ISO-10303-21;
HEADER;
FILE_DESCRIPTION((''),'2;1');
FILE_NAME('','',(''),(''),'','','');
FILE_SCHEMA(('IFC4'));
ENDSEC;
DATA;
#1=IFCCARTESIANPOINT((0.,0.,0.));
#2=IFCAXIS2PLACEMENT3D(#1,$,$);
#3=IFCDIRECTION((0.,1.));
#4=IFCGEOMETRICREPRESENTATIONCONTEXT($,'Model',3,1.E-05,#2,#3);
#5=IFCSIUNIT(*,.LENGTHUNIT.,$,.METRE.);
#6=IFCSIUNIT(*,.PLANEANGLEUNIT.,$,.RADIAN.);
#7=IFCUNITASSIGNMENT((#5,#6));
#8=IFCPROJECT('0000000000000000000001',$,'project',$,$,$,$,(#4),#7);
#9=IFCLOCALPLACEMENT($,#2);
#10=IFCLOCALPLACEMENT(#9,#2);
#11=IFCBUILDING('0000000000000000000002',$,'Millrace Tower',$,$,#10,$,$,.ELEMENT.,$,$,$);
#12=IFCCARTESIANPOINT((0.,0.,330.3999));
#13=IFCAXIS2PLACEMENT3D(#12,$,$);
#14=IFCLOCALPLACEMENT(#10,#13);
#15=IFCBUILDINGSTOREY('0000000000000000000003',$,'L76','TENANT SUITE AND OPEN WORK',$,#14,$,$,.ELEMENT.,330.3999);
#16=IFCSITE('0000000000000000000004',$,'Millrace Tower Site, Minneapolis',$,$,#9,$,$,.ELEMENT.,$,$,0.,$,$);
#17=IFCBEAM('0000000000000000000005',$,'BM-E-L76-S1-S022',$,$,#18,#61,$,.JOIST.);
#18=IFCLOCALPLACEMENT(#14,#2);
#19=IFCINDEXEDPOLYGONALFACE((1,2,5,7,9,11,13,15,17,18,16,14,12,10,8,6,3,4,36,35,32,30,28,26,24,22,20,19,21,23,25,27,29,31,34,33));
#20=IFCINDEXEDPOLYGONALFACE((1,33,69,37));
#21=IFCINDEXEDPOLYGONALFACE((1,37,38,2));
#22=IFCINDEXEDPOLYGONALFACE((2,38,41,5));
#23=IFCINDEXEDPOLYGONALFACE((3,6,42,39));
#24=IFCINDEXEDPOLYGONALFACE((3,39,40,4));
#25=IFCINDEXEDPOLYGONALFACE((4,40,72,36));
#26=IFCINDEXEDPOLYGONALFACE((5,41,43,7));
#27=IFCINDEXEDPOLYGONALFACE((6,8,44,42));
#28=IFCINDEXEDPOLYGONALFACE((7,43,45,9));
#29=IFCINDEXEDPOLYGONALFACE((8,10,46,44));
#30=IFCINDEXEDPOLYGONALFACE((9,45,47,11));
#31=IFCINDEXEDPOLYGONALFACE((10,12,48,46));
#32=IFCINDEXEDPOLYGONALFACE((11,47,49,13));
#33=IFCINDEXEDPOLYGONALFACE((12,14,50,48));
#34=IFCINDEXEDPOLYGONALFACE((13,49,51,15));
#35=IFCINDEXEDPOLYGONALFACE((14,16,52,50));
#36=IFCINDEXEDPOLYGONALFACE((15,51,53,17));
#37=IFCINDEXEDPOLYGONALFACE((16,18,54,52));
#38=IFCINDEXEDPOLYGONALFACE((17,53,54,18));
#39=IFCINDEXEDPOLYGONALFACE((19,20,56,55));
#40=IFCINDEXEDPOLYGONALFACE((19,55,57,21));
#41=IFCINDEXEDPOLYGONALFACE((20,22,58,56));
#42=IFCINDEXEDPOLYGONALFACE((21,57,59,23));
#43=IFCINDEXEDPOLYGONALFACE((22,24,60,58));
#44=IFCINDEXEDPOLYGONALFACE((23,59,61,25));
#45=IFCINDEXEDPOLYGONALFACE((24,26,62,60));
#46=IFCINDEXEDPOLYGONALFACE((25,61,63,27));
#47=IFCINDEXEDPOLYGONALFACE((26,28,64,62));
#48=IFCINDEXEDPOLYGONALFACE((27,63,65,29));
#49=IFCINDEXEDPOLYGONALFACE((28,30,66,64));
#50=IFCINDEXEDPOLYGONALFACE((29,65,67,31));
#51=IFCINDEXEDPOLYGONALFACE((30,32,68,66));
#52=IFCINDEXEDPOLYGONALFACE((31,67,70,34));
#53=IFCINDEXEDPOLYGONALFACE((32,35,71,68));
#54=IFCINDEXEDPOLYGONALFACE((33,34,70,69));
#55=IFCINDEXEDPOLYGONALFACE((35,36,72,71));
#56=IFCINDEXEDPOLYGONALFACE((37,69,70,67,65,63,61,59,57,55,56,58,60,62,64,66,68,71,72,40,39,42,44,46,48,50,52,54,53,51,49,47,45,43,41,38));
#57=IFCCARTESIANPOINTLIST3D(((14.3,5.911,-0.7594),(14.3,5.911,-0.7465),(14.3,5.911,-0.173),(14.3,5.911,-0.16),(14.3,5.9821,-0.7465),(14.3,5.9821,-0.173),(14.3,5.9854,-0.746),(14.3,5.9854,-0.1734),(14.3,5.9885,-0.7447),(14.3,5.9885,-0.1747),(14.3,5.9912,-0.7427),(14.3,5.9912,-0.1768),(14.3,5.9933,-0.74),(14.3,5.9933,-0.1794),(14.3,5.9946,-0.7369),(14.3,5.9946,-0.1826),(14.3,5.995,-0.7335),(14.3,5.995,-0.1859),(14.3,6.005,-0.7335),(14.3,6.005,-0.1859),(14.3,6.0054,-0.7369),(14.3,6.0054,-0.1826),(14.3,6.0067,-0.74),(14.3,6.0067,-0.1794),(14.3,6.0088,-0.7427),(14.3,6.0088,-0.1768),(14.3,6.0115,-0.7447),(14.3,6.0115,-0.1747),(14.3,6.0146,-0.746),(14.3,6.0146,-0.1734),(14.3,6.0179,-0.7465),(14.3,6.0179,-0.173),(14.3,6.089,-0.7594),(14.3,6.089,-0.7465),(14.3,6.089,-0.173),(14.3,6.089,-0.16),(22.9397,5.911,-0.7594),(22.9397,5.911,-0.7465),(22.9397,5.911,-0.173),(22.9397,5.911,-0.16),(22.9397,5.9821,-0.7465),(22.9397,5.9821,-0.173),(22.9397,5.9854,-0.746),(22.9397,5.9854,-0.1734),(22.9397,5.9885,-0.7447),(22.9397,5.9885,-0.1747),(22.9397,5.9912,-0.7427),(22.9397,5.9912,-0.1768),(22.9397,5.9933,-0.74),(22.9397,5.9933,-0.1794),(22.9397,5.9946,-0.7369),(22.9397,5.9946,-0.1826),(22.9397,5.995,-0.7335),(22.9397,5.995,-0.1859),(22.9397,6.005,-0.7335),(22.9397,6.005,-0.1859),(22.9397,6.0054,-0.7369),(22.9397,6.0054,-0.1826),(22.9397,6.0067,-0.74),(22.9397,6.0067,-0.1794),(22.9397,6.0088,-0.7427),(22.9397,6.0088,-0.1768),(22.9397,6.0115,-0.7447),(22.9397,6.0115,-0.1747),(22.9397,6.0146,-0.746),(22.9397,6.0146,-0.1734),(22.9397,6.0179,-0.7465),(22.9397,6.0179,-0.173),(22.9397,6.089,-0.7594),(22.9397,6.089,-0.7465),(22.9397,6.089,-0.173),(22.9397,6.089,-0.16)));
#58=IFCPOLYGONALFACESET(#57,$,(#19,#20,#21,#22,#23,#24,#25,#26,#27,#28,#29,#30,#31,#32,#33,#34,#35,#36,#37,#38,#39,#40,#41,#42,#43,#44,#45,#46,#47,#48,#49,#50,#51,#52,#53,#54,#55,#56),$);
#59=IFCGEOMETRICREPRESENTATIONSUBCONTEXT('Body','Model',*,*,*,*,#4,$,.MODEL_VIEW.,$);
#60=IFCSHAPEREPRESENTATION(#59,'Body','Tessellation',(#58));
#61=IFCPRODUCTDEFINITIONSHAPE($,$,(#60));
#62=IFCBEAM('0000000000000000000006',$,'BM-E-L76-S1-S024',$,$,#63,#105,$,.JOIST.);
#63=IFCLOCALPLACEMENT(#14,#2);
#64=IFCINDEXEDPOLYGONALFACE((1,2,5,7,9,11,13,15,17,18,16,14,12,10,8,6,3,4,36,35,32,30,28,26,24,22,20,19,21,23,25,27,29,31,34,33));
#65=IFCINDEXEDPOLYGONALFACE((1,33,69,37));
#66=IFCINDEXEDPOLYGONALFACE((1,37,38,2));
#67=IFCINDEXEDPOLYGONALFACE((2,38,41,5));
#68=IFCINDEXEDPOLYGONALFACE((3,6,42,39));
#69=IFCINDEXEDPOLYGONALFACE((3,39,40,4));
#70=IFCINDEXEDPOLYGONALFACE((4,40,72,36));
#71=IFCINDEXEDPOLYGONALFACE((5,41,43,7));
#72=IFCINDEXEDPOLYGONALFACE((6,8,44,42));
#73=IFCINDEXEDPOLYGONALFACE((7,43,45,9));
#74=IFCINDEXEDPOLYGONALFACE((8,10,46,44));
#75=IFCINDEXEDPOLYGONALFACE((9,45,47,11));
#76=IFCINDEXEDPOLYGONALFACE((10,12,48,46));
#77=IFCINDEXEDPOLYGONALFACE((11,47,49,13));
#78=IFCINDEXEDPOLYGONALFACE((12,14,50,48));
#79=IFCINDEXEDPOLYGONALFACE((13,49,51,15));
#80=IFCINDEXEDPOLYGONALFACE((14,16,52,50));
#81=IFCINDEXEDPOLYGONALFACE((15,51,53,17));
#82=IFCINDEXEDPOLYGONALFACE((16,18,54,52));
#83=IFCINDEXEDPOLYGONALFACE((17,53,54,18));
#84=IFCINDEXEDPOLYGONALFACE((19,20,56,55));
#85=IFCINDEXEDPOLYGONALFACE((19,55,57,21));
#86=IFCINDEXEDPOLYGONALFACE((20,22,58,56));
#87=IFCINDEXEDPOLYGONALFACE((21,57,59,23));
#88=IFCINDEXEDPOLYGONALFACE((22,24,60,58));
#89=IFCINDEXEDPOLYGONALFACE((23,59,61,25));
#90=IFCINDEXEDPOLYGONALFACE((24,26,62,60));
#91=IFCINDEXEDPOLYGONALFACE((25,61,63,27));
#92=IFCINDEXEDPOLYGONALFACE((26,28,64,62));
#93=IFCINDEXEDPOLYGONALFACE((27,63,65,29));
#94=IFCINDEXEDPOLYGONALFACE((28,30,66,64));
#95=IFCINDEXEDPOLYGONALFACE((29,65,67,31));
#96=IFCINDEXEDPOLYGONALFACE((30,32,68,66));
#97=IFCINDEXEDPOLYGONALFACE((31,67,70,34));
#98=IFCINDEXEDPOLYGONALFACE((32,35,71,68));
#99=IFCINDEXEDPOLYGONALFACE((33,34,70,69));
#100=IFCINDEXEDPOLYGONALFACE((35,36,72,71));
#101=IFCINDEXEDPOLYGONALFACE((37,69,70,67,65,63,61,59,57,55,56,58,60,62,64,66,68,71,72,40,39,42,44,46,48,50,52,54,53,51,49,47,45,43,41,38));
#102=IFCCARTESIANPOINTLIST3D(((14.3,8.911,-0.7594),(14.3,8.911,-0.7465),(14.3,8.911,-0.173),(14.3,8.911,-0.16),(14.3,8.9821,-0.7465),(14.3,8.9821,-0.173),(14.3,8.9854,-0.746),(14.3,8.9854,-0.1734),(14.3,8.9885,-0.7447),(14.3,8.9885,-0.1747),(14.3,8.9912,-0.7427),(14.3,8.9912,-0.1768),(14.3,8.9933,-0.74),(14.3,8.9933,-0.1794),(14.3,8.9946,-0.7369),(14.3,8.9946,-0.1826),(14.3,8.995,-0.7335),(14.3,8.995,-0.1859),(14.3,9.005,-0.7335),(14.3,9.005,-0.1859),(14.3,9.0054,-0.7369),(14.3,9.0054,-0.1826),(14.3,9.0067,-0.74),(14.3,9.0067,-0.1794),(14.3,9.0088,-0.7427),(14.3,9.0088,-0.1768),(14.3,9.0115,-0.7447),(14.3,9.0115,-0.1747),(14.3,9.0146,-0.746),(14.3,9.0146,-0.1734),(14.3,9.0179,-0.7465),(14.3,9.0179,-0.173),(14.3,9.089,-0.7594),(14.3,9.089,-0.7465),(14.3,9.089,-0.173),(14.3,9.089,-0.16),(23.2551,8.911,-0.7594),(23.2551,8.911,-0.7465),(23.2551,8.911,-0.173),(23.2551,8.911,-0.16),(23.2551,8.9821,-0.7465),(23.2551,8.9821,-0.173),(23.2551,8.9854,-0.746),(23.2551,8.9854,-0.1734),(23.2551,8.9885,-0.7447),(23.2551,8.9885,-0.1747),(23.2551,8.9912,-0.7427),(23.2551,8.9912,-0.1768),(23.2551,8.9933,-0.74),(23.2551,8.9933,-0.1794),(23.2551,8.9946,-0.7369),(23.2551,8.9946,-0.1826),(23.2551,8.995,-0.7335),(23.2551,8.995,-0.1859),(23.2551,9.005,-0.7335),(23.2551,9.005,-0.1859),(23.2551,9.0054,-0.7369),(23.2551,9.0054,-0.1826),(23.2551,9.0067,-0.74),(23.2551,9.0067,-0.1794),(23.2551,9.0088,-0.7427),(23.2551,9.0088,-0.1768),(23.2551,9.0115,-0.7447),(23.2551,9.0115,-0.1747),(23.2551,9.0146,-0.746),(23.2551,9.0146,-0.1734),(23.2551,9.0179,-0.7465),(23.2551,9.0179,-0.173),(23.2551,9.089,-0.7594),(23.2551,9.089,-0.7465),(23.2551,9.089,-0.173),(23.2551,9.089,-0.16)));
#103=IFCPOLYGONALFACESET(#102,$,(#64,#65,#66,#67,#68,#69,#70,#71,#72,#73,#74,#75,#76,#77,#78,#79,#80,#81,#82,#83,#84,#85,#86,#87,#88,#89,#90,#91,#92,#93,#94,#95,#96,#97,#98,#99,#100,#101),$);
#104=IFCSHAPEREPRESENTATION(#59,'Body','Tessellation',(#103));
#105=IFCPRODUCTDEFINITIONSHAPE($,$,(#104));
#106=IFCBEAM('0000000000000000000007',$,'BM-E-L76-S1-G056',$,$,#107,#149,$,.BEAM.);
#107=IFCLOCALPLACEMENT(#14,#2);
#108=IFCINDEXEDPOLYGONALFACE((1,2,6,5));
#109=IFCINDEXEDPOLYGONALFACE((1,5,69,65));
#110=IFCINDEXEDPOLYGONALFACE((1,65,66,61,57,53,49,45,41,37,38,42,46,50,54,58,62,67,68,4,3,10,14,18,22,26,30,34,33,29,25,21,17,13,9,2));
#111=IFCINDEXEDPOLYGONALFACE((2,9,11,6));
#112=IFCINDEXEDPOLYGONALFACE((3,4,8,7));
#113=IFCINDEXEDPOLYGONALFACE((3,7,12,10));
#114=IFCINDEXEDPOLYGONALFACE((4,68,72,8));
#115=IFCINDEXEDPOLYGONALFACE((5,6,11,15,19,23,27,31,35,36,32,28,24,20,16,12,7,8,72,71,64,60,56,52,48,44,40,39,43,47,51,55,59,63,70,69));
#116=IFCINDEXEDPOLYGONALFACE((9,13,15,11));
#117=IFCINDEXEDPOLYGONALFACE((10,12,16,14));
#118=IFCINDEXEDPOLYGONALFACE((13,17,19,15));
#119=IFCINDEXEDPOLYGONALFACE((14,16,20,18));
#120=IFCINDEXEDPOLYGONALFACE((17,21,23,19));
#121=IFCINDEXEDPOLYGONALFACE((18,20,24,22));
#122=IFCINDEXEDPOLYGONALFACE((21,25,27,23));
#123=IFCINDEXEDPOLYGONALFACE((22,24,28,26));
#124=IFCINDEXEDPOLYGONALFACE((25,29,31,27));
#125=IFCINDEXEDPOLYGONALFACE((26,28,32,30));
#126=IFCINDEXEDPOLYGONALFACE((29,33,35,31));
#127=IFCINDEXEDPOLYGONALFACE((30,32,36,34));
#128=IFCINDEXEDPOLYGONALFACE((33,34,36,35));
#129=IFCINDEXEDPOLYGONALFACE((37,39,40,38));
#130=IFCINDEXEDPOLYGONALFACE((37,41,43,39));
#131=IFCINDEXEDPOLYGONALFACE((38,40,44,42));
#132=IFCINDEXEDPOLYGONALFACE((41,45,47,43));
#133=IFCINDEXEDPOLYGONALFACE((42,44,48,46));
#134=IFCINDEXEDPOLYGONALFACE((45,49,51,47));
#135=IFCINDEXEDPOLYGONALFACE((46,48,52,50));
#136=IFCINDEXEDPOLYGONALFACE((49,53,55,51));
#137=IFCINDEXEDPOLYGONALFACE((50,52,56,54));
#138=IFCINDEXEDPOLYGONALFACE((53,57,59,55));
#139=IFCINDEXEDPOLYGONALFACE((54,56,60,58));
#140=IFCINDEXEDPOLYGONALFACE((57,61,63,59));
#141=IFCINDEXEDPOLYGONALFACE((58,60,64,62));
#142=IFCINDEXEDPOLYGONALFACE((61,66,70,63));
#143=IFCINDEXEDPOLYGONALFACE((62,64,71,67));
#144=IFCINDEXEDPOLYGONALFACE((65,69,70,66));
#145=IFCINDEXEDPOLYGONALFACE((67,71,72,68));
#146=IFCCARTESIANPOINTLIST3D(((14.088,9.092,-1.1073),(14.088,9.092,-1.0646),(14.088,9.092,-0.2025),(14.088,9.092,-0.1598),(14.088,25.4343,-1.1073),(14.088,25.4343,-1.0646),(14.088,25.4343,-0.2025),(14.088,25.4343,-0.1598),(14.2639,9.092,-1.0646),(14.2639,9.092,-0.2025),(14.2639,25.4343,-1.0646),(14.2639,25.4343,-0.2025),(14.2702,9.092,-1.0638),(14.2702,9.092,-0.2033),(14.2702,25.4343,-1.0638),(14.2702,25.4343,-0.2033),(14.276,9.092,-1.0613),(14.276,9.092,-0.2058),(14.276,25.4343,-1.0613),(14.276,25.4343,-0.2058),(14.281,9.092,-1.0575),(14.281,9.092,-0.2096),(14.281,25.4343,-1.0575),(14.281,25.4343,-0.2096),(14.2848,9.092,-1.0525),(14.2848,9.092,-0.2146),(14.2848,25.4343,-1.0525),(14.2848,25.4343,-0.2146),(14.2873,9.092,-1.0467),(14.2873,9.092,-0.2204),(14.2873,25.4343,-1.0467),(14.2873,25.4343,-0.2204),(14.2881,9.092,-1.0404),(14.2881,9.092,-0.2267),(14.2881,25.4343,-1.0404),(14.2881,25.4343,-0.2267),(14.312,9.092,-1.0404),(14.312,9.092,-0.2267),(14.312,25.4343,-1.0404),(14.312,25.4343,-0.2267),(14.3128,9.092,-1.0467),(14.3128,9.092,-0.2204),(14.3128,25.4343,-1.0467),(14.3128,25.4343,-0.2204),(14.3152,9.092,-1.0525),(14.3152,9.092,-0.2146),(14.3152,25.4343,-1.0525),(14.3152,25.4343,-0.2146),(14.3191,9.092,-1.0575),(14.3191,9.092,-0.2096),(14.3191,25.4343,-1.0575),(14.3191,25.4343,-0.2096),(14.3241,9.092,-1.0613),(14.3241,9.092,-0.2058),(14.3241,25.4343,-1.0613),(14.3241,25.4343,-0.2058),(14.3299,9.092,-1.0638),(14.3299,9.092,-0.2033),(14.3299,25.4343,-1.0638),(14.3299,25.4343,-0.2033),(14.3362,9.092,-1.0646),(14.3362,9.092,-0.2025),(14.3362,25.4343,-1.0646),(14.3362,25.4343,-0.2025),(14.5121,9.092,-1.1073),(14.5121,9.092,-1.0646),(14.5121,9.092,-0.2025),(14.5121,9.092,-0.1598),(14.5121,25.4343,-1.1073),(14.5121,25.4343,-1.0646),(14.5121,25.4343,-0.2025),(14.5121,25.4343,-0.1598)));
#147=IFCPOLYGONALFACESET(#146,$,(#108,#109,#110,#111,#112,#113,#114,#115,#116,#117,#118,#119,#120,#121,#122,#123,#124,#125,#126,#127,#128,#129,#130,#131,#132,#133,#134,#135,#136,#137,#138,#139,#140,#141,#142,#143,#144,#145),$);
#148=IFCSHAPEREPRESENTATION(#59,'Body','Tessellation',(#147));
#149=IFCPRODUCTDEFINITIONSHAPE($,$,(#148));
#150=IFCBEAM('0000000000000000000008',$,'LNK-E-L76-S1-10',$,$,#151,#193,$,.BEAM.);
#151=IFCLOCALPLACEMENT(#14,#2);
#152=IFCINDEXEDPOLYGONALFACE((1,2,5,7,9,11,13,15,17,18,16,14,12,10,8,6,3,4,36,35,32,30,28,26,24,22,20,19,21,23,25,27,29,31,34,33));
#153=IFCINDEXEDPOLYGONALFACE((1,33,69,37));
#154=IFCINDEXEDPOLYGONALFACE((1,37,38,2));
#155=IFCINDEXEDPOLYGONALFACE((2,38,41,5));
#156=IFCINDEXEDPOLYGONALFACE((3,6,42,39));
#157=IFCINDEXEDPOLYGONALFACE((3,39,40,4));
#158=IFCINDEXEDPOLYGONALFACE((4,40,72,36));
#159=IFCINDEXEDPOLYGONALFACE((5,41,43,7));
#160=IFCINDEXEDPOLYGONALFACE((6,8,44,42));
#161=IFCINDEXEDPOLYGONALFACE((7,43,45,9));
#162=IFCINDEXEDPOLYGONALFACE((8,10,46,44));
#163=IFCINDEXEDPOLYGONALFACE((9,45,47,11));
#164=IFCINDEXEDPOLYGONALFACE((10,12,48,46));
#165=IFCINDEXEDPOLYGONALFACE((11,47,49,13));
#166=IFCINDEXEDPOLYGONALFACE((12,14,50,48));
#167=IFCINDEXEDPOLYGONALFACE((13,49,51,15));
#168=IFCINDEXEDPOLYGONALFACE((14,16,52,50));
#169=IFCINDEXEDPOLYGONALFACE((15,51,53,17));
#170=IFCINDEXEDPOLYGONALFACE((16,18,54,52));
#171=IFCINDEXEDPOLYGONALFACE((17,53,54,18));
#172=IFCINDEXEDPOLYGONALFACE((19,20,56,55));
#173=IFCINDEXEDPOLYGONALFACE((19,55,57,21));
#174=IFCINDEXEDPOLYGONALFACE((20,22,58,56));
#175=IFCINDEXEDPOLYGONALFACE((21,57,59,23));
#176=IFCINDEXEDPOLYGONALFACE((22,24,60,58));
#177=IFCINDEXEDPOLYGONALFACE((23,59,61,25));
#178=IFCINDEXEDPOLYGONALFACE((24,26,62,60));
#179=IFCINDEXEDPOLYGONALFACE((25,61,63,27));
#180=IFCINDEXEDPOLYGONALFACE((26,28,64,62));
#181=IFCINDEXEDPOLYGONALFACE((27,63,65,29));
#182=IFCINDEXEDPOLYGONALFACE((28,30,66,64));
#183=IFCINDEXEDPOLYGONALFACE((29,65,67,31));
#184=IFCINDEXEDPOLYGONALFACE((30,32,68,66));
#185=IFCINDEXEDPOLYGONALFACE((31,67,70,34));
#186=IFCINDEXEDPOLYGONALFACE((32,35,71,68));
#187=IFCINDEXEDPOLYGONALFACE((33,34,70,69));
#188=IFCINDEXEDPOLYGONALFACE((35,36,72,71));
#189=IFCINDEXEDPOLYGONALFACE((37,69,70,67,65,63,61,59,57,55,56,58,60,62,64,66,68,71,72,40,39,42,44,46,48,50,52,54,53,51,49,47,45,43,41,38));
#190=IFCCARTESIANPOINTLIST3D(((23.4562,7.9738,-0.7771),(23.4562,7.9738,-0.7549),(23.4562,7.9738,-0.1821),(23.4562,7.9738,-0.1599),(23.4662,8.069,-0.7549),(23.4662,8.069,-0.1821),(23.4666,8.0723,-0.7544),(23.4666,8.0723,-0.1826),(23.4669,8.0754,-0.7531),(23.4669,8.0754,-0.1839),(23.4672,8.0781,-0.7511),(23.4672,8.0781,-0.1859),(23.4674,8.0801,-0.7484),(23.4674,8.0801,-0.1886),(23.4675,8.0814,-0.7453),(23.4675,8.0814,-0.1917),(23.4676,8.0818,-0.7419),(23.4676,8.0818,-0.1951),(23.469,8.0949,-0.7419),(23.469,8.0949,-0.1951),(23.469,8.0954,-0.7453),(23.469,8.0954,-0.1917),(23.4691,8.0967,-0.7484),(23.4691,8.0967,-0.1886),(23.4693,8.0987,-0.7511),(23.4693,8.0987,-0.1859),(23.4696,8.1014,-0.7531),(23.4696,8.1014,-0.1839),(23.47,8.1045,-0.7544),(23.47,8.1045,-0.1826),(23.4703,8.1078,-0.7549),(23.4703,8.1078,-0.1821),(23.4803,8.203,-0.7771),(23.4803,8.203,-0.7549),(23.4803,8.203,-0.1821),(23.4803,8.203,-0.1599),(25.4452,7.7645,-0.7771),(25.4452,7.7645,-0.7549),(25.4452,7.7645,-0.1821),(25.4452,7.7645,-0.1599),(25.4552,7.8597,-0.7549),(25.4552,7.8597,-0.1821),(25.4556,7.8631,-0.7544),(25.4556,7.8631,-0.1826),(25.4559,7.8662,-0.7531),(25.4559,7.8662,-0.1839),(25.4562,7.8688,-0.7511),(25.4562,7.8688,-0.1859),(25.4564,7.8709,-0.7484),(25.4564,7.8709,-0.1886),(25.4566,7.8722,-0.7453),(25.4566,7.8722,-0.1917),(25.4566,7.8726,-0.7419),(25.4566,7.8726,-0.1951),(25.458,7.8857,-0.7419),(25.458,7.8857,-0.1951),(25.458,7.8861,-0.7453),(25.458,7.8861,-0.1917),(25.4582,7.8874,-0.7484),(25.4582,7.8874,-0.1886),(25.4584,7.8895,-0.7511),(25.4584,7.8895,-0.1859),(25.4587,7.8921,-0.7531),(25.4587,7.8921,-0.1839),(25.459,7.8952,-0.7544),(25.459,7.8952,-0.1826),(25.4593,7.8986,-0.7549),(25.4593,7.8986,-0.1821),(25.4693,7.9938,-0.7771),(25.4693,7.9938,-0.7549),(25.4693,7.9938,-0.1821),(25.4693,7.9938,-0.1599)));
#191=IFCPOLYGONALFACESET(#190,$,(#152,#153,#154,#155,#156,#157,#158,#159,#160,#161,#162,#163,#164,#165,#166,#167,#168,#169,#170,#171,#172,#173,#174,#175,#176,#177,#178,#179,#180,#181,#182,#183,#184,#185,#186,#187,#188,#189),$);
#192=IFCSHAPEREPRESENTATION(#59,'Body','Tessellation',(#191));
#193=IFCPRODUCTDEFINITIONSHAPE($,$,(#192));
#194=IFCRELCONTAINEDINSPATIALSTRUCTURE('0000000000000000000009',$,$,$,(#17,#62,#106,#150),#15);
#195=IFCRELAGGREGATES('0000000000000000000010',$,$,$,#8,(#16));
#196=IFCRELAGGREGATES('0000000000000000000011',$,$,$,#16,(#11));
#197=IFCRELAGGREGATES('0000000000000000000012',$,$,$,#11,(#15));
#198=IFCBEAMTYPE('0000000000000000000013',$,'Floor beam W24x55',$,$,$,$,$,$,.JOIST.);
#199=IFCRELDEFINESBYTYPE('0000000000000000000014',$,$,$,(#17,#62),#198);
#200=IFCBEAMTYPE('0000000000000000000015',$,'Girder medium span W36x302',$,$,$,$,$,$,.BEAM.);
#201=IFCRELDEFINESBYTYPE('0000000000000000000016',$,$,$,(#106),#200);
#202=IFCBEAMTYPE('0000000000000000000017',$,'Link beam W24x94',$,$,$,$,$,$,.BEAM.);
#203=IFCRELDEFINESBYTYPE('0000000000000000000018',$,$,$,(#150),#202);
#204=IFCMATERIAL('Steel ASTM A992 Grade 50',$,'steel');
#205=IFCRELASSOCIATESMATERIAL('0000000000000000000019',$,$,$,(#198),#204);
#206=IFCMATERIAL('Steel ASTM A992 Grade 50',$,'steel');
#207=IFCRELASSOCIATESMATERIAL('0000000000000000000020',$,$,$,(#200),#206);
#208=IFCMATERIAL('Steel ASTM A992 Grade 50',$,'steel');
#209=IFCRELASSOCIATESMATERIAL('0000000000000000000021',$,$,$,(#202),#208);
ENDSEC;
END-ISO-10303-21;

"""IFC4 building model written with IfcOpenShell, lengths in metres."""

from ifc_helpers import new_model, si_unit, direction, frame, origin, origin_2d, place, context, subcontext, project, spatial, i_section, extrude, material, material_profile, profile_set, type_object, element, save


model = new_model("IFC4")

# Units and contexts
model_context = context("Model", 3, precision=1e-05, world=origin(), true_north=direction((0.0, 1.0)))
body_context = subcontext(model_context, "Body", "Model", "MODEL_VIEW")
ifc_project = project(units=[si_unit("LENGTHUNIT", "METRE"), si_unit("PLANEANGLEUNIT", "RADIAN")], contexts=[model_context])

# Site, building, storey
site_placement = place(None, origin())
site = spatial("IfcSite", under=ifc_project, at=site_placement, Name="Millrace Tower Site, Minneapolis", CompositionType="ELEMENT", RefElevation=0.0)
building_placement = place(site_placement, origin())
building = spatial("IfcBuilding", under=site, at=building_placement, Name="Millrace Tower", CompositionType="ELEMENT")
storey_placement = place(building_placement, frame((0.0, 0.0, 330.3999)))
storey = spatial("IfcBuildingStorey", under=building, at=storey_placement, Name="L76", Description="TENANT SUITE AND OPEN WORK", CompositionType="ELEMENT", Elevation=330.3999)

# Beams
ifc_material_1 = material(Name="Steel ASTM A992 Grade 50", Category="steel")
ifc_material_profile_1 = material_profile(ifc_material_1, i_section(OverallWidth=0.178, OverallDepth=0.5994, WebThickness=0.01, FlangeThickness=0.0129, FilletRadius=0.0129, at=origin_2d()))
ifc_profile_set_1 = profile_set([ifc_material_profile_1], Name="Steel ASTM A992 Grade 50")
beam_type_1 = type_object("IfcBeamType", Name="Floor beam W24x55", PredefinedType="JOIST", material=ifc_profile_set_1)
beam_1_placement = place(storey_placement, frame((14.3, 6.0, -0.4597), z_axis=(1.0, 0.0, 0.0), x_axis=(0.0, 1.0, 0.0)))
element("IfcBeam", 1, at=beam_1_placement, inside=storey, type_object=beam_type_1, Name="BM-E-L76-S1-S022", PredefinedType="JOIST", context=body_context, shape_type="SweptSolid", body=[
    extrude(i_section(OverallWidth=0.178, OverallDepth=0.5994, WebThickness=0.01, FlangeThickness=0.0129, FilletRadius=0.0129, at=origin_2d()), origin(), (0.0, 0.0, 1.0), 8.6396),
])
beam_2_placement = place(storey_placement, frame((14.3, 9.0, -0.4597), z_axis=(1.0, 0.0, 0.0), x_axis=(0.0, 1.0, 0.0)))
element("IfcBeam", 2, at=beam_2_placement, inside=storey, type_object=beam_type_1, Name="BM-E-L76-S1-S024", PredefinedType="JOIST", context=body_context, shape_type="SweptSolid", body=[
    extrude(i_section(OverallWidth=0.178, OverallDepth=0.5994, WebThickness=0.01, FlangeThickness=0.0129, FilletRadius=0.0129, at=origin_2d()), origin(), (0.0, 0.0, 1.0), 8.9551),
])
ifc_material_2 = material(Name="Steel ASTM A992 Grade 50", Category="steel")
ifc_material_profile_2 = material_profile(ifc_material_2, i_section(OverallWidth=0.4241, OverallDepth=0.9475, WebThickness=0.0239, FlangeThickness=0.0427, FilletRadius=0.0242, at=origin_2d()))
ifc_profile_set_2 = profile_set([ifc_material_profile_2], Name="Steel ASTM A992 Grade 50")
beam_type_2 = type_object("IfcBeamType", Name="Girder medium span W36x302", PredefinedType="BEAM", material=ifc_profile_set_2)
beam_3_placement = place(storey_placement, frame((14.3, 9.092, -0.6335), z_axis=(0.0, 1.0, 0.0), x_axis=(-1.0, 0.0, 0.0)))
element("IfcBeam", 3, at=beam_3_placement, inside=storey, type_object=beam_type_2, Name="BM-E-L76-S1-G056", PredefinedType="BEAM", context=body_context, shape_type="SweptSolid", body=[
    extrude(i_section(OverallWidth=0.4241, OverallDepth=0.9475, WebThickness=0.0239, FlangeThickness=0.0427, FilletRadius=0.0242, at=origin_2d()), origin(), (0.0, 0.0, 1.0), 16.3423),
])
ifc_material_3 = material(Name="Steel ASTM A992 Grade 50", Category="steel")
ifc_material_profile_3 = material_profile(ifc_material_3, i_section(OverallWidth=0.2305, OverallDepth=0.6172, WebThickness=0.0132, FlangeThickness=0.0222, FilletRadius=0.0129, at=origin_2d()))
ifc_profile_set_3 = profile_set([ifc_material_profile_3], Name="Steel ASTM A992 Grade 50")
beam_type_3 = type_object("IfcBeamType", Name="Link beam W24x94", PredefinedType="BEAM", material=ifc_profile_set_3)
beam_4_placement = place(storey_placement, frame((23.4683, 8.0884, -0.4685), z_axis=(0.994513, -0.104615, 0.0), x_axis=(0.104615, 0.994513, 0.0)))
element("IfcBeam", 4, at=beam_4_placement, inside=storey, type_object=beam_type_3, Name="LNK-E-L76-S1-10", PredefinedType="BEAM", context=body_context, shape_type="SweptSolid", body=[
    extrude(i_section(OverallWidth=0.2305, OverallDepth=0.6172, WebThickness=0.0132, FlangeThickness=0.0222, FilletRadius=0.0129, at=origin_2d()), origin(), (0.0, 0.0, 1.0), 2.0),
])

save(model, "model.ifc")
